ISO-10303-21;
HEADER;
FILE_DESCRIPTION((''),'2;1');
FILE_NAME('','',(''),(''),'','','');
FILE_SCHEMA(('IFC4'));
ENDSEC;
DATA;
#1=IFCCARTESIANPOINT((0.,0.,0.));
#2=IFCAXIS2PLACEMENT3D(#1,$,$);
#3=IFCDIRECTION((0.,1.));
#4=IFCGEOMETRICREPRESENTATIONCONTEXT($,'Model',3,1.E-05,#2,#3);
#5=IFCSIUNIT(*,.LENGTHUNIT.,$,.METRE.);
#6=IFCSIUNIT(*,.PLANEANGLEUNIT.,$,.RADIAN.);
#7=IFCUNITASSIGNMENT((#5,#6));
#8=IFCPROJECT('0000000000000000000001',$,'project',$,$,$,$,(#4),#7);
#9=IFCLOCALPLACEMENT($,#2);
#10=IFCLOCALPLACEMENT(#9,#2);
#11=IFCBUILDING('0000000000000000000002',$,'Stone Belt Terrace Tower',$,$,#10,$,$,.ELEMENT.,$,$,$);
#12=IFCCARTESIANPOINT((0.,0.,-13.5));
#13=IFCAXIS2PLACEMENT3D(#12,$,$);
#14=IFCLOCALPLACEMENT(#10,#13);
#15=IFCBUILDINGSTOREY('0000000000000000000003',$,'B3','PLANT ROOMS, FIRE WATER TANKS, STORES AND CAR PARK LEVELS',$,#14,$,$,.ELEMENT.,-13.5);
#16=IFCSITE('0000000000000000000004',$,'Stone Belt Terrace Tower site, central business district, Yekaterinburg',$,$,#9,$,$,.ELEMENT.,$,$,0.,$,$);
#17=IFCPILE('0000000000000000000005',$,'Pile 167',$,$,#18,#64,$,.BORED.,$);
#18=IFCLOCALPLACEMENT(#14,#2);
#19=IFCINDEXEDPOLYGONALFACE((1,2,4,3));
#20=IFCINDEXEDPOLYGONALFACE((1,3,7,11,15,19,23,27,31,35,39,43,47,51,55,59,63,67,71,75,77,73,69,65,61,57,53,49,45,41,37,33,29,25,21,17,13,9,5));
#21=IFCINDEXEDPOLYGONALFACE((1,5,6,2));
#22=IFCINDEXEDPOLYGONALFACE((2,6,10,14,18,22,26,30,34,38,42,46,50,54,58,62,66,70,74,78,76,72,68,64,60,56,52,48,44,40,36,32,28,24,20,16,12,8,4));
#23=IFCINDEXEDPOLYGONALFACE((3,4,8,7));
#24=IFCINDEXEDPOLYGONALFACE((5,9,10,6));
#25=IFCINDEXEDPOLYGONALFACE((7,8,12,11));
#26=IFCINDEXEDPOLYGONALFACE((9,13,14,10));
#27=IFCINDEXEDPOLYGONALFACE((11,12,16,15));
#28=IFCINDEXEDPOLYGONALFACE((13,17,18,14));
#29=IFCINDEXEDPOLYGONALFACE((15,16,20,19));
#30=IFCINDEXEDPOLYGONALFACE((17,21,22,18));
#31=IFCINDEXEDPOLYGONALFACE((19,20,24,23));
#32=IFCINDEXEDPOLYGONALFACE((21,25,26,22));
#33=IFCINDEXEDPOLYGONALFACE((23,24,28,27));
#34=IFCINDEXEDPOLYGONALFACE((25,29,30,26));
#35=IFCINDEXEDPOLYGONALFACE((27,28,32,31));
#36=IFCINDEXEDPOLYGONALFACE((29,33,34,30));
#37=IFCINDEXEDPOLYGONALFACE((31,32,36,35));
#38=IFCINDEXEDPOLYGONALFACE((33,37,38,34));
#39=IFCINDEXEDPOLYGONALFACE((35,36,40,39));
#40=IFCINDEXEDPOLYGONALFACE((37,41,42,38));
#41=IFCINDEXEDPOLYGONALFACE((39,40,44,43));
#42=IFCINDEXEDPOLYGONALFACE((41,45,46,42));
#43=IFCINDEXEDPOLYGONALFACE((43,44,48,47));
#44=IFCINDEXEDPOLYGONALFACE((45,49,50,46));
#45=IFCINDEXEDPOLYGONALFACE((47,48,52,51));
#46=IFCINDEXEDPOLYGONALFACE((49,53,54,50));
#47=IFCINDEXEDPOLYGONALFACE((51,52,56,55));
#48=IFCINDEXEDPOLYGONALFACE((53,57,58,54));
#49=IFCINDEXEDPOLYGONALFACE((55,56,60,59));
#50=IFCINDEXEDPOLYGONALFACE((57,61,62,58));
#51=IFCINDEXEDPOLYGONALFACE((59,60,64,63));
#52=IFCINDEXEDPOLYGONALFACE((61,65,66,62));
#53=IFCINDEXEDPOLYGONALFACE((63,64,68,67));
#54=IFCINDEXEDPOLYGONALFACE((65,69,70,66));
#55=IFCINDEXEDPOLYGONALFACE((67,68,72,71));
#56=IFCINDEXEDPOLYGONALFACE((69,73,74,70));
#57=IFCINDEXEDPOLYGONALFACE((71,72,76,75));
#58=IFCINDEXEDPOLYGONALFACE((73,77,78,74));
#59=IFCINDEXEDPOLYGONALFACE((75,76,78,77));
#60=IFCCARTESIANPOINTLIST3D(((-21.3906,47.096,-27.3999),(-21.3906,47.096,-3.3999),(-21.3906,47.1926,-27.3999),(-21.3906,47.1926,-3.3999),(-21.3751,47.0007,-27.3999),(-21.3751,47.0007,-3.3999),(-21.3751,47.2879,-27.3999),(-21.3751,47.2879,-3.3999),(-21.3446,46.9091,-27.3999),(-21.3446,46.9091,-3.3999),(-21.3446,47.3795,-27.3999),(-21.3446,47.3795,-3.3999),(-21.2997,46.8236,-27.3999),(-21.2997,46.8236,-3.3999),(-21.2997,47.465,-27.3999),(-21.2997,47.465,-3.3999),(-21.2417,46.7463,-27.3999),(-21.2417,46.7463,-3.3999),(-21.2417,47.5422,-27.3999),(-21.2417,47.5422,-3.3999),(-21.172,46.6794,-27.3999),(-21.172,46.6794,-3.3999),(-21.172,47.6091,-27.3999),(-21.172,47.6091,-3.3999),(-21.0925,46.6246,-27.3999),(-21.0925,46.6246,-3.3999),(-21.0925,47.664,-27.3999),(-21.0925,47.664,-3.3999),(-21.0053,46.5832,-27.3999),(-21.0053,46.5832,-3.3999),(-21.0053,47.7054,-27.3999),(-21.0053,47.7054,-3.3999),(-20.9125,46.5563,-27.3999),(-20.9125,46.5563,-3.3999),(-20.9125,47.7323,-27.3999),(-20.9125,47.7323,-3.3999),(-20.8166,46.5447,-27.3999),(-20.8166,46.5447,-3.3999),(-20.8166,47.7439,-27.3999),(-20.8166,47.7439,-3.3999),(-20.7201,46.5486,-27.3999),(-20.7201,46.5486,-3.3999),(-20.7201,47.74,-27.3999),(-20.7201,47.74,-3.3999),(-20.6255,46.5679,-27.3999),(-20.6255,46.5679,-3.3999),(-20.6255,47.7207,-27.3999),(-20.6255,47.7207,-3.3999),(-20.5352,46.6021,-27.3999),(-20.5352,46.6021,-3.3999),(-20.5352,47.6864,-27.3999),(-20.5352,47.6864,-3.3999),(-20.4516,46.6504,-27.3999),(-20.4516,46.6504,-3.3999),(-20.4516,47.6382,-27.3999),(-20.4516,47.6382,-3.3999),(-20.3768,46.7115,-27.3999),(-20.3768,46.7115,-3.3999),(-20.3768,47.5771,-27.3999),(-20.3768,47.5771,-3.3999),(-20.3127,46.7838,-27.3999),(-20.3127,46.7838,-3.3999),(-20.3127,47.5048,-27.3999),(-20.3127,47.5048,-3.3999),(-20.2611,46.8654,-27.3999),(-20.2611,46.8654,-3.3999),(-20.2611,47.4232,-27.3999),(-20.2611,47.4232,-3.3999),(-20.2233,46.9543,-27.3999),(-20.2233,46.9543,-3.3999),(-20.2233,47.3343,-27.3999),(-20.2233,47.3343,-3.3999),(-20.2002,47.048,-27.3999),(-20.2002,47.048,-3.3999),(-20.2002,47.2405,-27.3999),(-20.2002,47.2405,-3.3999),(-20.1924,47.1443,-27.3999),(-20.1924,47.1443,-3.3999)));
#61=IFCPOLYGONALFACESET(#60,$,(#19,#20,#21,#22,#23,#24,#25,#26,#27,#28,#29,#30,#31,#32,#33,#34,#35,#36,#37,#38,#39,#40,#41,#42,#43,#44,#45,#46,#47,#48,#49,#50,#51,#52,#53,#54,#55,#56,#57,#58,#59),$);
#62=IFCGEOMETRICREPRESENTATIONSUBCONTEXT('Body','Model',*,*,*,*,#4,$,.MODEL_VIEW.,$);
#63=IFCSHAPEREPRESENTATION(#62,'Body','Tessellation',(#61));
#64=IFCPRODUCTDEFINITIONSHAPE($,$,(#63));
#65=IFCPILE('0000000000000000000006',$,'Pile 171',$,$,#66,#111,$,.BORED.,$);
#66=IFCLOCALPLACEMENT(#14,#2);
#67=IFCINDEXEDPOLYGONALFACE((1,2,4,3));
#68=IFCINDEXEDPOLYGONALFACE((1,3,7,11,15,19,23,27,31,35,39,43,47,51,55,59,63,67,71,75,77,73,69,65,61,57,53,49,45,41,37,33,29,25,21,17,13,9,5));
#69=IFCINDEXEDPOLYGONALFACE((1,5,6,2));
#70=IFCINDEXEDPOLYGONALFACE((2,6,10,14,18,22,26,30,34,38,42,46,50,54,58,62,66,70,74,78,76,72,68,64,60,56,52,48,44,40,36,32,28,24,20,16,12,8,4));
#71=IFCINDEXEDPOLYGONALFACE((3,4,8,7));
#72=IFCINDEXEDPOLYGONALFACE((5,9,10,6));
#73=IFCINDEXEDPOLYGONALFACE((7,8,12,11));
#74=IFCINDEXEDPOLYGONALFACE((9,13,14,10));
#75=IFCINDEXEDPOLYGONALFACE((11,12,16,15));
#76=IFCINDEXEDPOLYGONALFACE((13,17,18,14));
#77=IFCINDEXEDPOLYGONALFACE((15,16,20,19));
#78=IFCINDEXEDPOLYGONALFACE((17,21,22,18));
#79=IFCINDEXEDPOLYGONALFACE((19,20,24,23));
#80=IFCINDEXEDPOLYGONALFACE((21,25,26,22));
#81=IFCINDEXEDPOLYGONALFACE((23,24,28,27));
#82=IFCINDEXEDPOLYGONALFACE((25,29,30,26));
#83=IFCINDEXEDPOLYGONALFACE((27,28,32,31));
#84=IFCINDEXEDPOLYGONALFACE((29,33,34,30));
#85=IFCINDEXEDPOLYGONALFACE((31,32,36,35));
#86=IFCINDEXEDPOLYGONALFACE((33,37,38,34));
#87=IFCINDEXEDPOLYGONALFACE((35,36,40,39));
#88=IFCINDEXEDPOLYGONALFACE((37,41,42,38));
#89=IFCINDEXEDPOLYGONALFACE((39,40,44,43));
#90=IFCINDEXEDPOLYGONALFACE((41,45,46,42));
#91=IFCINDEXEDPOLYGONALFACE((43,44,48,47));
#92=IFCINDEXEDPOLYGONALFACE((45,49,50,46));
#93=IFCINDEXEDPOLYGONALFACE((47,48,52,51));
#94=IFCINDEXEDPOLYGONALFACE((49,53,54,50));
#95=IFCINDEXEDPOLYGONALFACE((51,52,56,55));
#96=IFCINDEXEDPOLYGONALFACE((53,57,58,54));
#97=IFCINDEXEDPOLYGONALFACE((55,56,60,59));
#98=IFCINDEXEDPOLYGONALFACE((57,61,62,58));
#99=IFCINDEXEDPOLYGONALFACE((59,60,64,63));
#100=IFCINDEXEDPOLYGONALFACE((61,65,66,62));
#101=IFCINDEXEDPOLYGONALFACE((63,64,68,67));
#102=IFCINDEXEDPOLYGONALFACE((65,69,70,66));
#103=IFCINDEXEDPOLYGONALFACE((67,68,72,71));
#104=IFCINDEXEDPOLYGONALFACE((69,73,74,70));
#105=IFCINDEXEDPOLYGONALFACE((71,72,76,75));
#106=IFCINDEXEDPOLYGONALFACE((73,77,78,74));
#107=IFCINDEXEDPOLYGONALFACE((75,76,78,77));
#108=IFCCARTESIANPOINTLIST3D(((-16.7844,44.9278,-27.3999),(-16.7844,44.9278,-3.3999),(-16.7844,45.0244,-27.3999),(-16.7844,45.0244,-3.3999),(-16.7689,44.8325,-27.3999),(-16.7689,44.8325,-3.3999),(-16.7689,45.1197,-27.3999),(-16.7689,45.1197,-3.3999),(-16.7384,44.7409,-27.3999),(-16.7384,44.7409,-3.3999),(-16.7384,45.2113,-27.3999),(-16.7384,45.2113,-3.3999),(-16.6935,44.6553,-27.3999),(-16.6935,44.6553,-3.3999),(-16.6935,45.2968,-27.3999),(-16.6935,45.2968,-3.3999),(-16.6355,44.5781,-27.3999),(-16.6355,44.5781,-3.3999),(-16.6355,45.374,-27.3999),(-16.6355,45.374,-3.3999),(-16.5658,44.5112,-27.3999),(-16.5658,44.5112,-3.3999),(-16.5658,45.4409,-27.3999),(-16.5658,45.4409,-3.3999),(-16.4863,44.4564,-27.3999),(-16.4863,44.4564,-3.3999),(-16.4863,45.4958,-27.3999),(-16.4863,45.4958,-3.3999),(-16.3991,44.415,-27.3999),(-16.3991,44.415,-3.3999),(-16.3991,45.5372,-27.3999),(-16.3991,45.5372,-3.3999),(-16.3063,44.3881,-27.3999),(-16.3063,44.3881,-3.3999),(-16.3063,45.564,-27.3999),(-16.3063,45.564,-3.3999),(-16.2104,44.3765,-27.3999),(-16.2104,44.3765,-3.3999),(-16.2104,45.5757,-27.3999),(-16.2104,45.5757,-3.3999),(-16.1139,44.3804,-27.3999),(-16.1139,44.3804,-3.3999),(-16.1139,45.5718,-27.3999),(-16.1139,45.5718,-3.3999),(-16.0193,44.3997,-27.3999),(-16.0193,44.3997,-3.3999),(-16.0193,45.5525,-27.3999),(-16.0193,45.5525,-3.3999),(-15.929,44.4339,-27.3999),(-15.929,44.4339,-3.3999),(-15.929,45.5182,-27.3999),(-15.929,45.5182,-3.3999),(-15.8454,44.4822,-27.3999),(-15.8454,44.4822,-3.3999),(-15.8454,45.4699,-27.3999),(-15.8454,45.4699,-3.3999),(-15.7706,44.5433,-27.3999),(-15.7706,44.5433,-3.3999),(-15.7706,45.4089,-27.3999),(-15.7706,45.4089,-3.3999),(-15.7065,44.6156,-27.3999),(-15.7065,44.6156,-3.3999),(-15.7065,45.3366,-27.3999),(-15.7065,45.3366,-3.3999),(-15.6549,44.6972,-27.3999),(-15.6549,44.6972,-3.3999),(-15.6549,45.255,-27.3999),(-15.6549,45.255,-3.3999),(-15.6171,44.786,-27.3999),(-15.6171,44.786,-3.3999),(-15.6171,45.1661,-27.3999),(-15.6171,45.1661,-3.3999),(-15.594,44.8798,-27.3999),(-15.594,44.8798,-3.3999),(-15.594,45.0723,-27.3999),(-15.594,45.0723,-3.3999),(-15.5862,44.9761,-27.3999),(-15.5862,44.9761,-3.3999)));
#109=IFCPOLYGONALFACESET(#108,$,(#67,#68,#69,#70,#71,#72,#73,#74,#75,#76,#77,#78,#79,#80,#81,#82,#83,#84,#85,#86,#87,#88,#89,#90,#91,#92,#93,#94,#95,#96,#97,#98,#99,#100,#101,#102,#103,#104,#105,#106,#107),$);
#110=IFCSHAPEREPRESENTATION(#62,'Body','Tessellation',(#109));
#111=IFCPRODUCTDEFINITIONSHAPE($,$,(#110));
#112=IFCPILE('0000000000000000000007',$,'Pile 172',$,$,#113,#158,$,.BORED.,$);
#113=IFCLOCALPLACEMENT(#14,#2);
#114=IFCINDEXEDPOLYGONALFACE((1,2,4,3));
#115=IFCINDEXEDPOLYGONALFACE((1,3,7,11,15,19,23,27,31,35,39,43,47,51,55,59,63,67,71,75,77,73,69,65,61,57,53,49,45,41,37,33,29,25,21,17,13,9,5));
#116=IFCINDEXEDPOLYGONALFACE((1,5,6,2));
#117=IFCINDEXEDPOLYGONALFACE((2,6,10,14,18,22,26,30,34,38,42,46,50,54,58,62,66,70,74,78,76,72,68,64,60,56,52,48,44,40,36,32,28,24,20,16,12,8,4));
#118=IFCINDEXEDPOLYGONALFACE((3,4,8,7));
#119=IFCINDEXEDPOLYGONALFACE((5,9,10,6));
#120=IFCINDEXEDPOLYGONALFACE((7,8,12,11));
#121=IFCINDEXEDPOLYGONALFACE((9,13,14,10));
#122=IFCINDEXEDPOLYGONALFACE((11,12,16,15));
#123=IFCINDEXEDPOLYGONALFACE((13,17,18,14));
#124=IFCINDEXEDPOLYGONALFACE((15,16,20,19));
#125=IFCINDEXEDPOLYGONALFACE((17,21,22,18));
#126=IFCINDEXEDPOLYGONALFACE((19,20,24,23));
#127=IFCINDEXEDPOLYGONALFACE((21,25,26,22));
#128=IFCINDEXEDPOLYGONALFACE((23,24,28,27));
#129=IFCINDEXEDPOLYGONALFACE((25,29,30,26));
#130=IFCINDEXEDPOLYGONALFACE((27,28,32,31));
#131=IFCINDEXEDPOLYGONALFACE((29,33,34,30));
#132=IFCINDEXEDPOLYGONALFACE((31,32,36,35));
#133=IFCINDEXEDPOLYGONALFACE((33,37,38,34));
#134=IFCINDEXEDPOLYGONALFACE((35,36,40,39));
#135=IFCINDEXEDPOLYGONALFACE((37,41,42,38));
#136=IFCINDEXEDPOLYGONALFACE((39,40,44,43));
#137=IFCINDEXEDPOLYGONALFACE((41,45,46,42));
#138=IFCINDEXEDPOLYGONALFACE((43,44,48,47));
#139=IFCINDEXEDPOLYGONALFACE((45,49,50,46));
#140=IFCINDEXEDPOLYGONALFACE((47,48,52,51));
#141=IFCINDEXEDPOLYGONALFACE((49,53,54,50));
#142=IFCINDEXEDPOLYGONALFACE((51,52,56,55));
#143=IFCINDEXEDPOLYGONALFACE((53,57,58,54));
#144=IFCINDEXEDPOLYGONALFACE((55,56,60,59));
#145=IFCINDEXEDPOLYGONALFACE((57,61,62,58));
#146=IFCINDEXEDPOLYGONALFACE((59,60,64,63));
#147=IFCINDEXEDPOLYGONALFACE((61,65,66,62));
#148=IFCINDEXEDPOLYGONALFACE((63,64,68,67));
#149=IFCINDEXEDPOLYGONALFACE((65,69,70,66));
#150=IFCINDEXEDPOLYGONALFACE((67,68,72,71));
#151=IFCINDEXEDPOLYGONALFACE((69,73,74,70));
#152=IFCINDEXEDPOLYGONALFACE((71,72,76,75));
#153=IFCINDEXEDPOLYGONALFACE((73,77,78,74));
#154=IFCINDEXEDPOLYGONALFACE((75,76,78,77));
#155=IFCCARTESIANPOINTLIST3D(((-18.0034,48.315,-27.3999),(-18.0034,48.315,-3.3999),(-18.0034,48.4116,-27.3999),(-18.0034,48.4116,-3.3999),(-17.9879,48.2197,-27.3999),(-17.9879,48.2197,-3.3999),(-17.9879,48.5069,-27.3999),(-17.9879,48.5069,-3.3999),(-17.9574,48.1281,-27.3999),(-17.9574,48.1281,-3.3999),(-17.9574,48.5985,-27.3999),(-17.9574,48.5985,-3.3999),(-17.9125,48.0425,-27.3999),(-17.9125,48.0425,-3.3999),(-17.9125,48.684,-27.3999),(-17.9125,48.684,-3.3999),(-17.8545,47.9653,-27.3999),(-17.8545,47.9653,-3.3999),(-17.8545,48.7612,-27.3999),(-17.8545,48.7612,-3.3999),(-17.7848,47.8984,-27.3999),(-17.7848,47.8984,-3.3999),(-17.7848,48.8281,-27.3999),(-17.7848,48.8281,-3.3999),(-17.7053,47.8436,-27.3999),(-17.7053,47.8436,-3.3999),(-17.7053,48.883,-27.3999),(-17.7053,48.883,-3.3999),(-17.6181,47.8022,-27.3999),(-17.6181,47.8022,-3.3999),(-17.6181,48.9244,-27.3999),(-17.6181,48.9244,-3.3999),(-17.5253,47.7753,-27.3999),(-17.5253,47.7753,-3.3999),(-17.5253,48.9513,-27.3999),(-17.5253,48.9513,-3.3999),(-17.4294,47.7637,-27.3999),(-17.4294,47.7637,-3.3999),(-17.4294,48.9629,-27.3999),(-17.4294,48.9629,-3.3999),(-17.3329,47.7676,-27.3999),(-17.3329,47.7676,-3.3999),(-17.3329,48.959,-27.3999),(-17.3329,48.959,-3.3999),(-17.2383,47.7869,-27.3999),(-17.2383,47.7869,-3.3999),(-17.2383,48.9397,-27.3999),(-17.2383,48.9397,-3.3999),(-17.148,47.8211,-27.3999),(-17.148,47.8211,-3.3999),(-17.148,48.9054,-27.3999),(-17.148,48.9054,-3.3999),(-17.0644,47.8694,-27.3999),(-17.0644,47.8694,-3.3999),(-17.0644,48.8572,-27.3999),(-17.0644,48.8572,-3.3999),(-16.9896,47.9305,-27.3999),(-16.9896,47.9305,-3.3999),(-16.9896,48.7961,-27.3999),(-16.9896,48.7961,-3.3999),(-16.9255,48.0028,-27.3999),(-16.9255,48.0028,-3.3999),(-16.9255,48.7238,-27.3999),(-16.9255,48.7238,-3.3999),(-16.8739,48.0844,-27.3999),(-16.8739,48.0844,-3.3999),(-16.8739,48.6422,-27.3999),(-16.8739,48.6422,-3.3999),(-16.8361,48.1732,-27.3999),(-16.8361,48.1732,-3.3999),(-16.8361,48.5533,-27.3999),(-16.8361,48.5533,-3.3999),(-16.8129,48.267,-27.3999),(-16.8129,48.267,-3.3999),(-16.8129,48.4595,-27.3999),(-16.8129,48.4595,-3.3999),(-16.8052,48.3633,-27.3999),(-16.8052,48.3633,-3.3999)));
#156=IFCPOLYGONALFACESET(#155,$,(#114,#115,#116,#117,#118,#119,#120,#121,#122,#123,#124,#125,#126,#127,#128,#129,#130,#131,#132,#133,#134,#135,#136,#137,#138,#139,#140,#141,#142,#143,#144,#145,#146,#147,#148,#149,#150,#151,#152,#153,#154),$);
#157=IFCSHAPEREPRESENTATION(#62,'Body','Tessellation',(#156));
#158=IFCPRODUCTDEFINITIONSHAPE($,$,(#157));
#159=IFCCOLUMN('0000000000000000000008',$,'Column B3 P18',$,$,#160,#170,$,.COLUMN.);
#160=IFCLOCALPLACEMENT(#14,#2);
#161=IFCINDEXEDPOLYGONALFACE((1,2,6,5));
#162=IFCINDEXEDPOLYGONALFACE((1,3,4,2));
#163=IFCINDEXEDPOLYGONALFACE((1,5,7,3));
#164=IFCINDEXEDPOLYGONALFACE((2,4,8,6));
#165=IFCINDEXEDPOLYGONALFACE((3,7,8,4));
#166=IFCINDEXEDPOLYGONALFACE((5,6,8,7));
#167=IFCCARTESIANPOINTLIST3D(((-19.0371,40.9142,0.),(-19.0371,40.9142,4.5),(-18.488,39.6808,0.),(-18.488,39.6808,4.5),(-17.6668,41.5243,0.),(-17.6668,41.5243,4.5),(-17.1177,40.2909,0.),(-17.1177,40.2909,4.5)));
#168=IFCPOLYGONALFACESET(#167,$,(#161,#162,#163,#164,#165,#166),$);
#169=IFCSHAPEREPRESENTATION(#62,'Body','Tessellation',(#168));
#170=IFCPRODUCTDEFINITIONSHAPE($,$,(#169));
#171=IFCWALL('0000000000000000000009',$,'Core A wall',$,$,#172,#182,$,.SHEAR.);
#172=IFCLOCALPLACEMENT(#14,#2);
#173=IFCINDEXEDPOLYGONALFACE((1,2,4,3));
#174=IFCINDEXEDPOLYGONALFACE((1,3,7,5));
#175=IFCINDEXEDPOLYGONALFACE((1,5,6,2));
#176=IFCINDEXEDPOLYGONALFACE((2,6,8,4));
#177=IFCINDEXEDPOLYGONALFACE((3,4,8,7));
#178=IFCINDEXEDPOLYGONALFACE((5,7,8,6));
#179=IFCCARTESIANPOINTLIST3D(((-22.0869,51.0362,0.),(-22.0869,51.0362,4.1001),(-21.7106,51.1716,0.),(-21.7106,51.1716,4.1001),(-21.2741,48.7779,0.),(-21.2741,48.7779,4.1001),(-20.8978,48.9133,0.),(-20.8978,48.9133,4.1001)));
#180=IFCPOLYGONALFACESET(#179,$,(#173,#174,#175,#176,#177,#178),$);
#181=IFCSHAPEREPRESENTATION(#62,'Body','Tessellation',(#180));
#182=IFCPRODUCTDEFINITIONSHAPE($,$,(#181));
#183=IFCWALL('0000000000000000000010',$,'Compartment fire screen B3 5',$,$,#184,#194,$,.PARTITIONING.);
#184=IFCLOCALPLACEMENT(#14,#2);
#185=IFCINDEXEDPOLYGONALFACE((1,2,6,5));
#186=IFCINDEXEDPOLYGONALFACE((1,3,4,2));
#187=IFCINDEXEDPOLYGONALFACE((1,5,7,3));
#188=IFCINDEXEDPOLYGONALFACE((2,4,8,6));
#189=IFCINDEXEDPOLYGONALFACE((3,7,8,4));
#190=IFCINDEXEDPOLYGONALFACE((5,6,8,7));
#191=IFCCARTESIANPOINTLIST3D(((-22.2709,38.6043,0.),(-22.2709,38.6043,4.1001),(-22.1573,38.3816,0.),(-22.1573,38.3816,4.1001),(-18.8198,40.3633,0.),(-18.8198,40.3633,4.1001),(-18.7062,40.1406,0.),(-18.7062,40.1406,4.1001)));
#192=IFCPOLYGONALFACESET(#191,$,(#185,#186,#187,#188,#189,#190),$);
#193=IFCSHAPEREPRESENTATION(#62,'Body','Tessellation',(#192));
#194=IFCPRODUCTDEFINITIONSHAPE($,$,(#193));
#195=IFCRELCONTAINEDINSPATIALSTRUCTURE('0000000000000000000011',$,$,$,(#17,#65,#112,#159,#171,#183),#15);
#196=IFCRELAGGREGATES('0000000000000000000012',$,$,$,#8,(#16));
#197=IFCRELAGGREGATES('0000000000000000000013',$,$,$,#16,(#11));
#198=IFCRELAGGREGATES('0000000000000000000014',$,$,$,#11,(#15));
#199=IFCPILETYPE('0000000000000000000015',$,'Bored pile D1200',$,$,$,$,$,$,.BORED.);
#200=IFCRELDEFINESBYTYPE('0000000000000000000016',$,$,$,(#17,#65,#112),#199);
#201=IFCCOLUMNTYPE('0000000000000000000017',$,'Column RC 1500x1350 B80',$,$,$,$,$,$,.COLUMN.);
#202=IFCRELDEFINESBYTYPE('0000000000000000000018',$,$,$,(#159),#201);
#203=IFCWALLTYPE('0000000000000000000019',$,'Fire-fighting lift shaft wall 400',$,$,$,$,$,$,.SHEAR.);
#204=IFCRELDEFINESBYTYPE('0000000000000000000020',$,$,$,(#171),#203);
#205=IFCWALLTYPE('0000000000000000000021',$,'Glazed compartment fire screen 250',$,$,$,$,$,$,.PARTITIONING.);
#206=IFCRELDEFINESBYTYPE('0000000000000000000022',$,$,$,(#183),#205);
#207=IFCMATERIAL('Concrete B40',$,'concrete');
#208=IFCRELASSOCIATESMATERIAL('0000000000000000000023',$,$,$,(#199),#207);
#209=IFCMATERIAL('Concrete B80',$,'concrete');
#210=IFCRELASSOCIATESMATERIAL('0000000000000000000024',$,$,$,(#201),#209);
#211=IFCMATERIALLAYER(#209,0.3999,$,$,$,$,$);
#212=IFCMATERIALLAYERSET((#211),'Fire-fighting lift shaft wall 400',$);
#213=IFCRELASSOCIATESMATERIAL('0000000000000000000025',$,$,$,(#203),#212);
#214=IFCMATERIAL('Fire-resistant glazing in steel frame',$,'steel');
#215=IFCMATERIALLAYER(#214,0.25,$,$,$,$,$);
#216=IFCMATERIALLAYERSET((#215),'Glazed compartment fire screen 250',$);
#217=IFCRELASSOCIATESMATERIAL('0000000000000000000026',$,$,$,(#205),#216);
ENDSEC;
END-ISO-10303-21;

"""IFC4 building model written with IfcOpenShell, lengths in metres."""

from ifc_helpers import new_model, si_unit, direction, frame, frame_2d, origin, origin_2d, place, context, subcontext, project, spatial, rectangle, circle, extrude, material, layer, layer_set, material_profile, profile_set, type_object, element, save


model = new_model("IFC4")

# Units and contexts
model_context = context("Model", 3, precision=1e-05, world=origin(), true_north=direction((0.0, 1.0)))
body_context = subcontext(model_context, "Body", "Model", "MODEL_VIEW")
ifc_project = project(units=[si_unit("LENGTHUNIT", "METRE"), si_unit("PLANEANGLEUNIT", "RADIAN")], contexts=[model_context])

# Site, building, storey
site_placement = place(None, origin())
site = spatial("IfcSite", under=ifc_project, at=site_placement, Name="Stone Belt Terrace Tower site, central business district, Yekaterinburg", CompositionType="ELEMENT", RefElevation=0.0)
building_placement = place(site_placement, origin())
building = spatial("IfcBuilding", under=site, at=building_placement, Name="Stone Belt Terrace Tower", CompositionType="ELEMENT")
storey_placement = place(building_placement, frame((0.0, 0.0, -13.5)))
storey = spatial("IfcBuildingStorey", under=building, at=storey_placement, Name="B3", Description="PLANT ROOMS, FIRE WATER TANKS, STORES AND CAR PARK LEVELS", CompositionType="ELEMENT", Elevation=-13.5)

# Piles
ifc_material_1 = material(Name="Concrete B40", Category="concrete")
ifc_material_profile_1 = material_profile(ifc_material_1, circle(Radius=0.6001, at=origin_2d()), Name="PILE D1200")
ifc_profile_set_1 = profile_set([ifc_material_profile_1], Name="Concrete B40")
pile_type = type_object("IfcPileType", Name="Bored pile D1200", PredefinedType="BORED", material=ifc_profile_set_1)
for number, where, z_axis, x_axis, name in (
    (1, (-20.7925, 47.1443, -3.3999), (0.0, 0.0, -1.0), (1.0, 0.0, 0.0), "Pile 167"),
    (2, (-16.1863, 44.9761, -3.3999), (0.0, 0.0, -1.0), (1.0, 0.0, 0.0), "Pile 171"),
    (3, (-17.4053, 48.3633, -3.3999), (0.0, 0.0, -1.0), (1.0, 0.0, 0.0), "Pile 172"),
):
    element("IfcPile", number, at=place(storey_placement, frame(where, z_axis=z_axis, x_axis=x_axis)), inside=storey, type_object=pile_type, Name=name, PredefinedType="BORED", context=body_context, shape_type="SweptSolid", body=[
        extrude(circle(Radius=0.6001, at=origin_2d()), origin(), (0.0, 0.0, 1.0), 24.0),
    ])

# Column
ifc_material_2 = material(Name="Concrete B80", Category="concrete")
ifc_material_profile_2 = material_profile(ifc_material_2, rectangle(XDim=1.5, YDim=1.3501, at=origin_2d()), Name="RC 1500x1350")
ifc_profile_set_2 = profile_set([ifc_material_profile_2], Name="Concrete B80")
column_type = type_object("IfcColumnType", Name="Column RC 1500x1350 B80", PredefinedType="COLUMN", material=ifc_profile_set_2)
column_placement = place(storey_placement, frame((-18.0774, 40.6025, 0.0), z_axis=(0.0, 0.0, 1.0), x_axis=(0.913545, 0.406737, 0.0)))
element("IfcColumn", 4, at=column_placement, inside=storey, type_object=column_type, Name="Column B3 P18", PredefinedType="COLUMN", context=body_context, shape_type="SweptSolid", body=[
    extrude(rectangle(XDim=1.5, YDim=1.3501, at=origin_2d()), origin(), (0.0, 0.0, 1.0), 4.5),
])

# Walls
ifc_layer_1 = layer(ifc_material_2, 0.3999)
ifc_layer_set_1 = layer_set([ifc_layer_1], Name="Fire-fighting lift shaft wall 400")
wall_type_1 = type_object("IfcWallType", Name="Fire-fighting lift shaft wall 400", PredefinedType="SHEAR", material=ifc_layer_set_1)
wall_1_placement = place(storey_placement, frame((-21.0859, 48.8455, 0.0), z_axis=(0.0, 0.0, 1.0), x_axis=(-0.338629, 0.94092, 0.0)))
element("IfcWall", 5, at=wall_1_placement, inside=storey, type_object=wall_type_1, Name="Core A wall", PredefinedType="SHEAR", context=body_context, shape_type="SweptSolid", body=[
    extrude(rectangle(XDim=2.4001, YDim=0.3999, at=frame_2d((1.2002, 0.0))), origin(), (0.0, 0.0, 1.0), 4.1001),
])
ifc_material_3 = material(Name="Fire-resistant glazing in steel frame", Category="steel")
ifc_layer_2 = layer(ifc_material_3, 0.25)
ifc_layer_set_2 = layer_set([ifc_layer_2], Name="Glazed compartment fire screen 250")
wall_type_2 = type_object("IfcWallType", Name="Glazed compartment fire screen 250", PredefinedType="PARTITIONING", material=ifc_layer_set_2)
wall_2_placement = place(storey_placement, frame((-22.2141, 38.4929, 0.0), z_axis=(0.0, 0.0, 1.0), x_axis=(0.890947, 0.454108, 0.0)))
element("IfcWall", 6, at=wall_2_placement, inside=storey, type_object=wall_type_2, Name="Compartment fire screen B3 5", PredefinedType="PARTITIONING", context=body_context, shape_type="SweptSolid", body=[
    extrude(rectangle(XDim=3.8735, YDim=0.25, at=frame_2d((1.9368, 0.0))), origin(), (0.0, 0.0, 1.0), 4.1001),
])

save(model, "model.ifc")
